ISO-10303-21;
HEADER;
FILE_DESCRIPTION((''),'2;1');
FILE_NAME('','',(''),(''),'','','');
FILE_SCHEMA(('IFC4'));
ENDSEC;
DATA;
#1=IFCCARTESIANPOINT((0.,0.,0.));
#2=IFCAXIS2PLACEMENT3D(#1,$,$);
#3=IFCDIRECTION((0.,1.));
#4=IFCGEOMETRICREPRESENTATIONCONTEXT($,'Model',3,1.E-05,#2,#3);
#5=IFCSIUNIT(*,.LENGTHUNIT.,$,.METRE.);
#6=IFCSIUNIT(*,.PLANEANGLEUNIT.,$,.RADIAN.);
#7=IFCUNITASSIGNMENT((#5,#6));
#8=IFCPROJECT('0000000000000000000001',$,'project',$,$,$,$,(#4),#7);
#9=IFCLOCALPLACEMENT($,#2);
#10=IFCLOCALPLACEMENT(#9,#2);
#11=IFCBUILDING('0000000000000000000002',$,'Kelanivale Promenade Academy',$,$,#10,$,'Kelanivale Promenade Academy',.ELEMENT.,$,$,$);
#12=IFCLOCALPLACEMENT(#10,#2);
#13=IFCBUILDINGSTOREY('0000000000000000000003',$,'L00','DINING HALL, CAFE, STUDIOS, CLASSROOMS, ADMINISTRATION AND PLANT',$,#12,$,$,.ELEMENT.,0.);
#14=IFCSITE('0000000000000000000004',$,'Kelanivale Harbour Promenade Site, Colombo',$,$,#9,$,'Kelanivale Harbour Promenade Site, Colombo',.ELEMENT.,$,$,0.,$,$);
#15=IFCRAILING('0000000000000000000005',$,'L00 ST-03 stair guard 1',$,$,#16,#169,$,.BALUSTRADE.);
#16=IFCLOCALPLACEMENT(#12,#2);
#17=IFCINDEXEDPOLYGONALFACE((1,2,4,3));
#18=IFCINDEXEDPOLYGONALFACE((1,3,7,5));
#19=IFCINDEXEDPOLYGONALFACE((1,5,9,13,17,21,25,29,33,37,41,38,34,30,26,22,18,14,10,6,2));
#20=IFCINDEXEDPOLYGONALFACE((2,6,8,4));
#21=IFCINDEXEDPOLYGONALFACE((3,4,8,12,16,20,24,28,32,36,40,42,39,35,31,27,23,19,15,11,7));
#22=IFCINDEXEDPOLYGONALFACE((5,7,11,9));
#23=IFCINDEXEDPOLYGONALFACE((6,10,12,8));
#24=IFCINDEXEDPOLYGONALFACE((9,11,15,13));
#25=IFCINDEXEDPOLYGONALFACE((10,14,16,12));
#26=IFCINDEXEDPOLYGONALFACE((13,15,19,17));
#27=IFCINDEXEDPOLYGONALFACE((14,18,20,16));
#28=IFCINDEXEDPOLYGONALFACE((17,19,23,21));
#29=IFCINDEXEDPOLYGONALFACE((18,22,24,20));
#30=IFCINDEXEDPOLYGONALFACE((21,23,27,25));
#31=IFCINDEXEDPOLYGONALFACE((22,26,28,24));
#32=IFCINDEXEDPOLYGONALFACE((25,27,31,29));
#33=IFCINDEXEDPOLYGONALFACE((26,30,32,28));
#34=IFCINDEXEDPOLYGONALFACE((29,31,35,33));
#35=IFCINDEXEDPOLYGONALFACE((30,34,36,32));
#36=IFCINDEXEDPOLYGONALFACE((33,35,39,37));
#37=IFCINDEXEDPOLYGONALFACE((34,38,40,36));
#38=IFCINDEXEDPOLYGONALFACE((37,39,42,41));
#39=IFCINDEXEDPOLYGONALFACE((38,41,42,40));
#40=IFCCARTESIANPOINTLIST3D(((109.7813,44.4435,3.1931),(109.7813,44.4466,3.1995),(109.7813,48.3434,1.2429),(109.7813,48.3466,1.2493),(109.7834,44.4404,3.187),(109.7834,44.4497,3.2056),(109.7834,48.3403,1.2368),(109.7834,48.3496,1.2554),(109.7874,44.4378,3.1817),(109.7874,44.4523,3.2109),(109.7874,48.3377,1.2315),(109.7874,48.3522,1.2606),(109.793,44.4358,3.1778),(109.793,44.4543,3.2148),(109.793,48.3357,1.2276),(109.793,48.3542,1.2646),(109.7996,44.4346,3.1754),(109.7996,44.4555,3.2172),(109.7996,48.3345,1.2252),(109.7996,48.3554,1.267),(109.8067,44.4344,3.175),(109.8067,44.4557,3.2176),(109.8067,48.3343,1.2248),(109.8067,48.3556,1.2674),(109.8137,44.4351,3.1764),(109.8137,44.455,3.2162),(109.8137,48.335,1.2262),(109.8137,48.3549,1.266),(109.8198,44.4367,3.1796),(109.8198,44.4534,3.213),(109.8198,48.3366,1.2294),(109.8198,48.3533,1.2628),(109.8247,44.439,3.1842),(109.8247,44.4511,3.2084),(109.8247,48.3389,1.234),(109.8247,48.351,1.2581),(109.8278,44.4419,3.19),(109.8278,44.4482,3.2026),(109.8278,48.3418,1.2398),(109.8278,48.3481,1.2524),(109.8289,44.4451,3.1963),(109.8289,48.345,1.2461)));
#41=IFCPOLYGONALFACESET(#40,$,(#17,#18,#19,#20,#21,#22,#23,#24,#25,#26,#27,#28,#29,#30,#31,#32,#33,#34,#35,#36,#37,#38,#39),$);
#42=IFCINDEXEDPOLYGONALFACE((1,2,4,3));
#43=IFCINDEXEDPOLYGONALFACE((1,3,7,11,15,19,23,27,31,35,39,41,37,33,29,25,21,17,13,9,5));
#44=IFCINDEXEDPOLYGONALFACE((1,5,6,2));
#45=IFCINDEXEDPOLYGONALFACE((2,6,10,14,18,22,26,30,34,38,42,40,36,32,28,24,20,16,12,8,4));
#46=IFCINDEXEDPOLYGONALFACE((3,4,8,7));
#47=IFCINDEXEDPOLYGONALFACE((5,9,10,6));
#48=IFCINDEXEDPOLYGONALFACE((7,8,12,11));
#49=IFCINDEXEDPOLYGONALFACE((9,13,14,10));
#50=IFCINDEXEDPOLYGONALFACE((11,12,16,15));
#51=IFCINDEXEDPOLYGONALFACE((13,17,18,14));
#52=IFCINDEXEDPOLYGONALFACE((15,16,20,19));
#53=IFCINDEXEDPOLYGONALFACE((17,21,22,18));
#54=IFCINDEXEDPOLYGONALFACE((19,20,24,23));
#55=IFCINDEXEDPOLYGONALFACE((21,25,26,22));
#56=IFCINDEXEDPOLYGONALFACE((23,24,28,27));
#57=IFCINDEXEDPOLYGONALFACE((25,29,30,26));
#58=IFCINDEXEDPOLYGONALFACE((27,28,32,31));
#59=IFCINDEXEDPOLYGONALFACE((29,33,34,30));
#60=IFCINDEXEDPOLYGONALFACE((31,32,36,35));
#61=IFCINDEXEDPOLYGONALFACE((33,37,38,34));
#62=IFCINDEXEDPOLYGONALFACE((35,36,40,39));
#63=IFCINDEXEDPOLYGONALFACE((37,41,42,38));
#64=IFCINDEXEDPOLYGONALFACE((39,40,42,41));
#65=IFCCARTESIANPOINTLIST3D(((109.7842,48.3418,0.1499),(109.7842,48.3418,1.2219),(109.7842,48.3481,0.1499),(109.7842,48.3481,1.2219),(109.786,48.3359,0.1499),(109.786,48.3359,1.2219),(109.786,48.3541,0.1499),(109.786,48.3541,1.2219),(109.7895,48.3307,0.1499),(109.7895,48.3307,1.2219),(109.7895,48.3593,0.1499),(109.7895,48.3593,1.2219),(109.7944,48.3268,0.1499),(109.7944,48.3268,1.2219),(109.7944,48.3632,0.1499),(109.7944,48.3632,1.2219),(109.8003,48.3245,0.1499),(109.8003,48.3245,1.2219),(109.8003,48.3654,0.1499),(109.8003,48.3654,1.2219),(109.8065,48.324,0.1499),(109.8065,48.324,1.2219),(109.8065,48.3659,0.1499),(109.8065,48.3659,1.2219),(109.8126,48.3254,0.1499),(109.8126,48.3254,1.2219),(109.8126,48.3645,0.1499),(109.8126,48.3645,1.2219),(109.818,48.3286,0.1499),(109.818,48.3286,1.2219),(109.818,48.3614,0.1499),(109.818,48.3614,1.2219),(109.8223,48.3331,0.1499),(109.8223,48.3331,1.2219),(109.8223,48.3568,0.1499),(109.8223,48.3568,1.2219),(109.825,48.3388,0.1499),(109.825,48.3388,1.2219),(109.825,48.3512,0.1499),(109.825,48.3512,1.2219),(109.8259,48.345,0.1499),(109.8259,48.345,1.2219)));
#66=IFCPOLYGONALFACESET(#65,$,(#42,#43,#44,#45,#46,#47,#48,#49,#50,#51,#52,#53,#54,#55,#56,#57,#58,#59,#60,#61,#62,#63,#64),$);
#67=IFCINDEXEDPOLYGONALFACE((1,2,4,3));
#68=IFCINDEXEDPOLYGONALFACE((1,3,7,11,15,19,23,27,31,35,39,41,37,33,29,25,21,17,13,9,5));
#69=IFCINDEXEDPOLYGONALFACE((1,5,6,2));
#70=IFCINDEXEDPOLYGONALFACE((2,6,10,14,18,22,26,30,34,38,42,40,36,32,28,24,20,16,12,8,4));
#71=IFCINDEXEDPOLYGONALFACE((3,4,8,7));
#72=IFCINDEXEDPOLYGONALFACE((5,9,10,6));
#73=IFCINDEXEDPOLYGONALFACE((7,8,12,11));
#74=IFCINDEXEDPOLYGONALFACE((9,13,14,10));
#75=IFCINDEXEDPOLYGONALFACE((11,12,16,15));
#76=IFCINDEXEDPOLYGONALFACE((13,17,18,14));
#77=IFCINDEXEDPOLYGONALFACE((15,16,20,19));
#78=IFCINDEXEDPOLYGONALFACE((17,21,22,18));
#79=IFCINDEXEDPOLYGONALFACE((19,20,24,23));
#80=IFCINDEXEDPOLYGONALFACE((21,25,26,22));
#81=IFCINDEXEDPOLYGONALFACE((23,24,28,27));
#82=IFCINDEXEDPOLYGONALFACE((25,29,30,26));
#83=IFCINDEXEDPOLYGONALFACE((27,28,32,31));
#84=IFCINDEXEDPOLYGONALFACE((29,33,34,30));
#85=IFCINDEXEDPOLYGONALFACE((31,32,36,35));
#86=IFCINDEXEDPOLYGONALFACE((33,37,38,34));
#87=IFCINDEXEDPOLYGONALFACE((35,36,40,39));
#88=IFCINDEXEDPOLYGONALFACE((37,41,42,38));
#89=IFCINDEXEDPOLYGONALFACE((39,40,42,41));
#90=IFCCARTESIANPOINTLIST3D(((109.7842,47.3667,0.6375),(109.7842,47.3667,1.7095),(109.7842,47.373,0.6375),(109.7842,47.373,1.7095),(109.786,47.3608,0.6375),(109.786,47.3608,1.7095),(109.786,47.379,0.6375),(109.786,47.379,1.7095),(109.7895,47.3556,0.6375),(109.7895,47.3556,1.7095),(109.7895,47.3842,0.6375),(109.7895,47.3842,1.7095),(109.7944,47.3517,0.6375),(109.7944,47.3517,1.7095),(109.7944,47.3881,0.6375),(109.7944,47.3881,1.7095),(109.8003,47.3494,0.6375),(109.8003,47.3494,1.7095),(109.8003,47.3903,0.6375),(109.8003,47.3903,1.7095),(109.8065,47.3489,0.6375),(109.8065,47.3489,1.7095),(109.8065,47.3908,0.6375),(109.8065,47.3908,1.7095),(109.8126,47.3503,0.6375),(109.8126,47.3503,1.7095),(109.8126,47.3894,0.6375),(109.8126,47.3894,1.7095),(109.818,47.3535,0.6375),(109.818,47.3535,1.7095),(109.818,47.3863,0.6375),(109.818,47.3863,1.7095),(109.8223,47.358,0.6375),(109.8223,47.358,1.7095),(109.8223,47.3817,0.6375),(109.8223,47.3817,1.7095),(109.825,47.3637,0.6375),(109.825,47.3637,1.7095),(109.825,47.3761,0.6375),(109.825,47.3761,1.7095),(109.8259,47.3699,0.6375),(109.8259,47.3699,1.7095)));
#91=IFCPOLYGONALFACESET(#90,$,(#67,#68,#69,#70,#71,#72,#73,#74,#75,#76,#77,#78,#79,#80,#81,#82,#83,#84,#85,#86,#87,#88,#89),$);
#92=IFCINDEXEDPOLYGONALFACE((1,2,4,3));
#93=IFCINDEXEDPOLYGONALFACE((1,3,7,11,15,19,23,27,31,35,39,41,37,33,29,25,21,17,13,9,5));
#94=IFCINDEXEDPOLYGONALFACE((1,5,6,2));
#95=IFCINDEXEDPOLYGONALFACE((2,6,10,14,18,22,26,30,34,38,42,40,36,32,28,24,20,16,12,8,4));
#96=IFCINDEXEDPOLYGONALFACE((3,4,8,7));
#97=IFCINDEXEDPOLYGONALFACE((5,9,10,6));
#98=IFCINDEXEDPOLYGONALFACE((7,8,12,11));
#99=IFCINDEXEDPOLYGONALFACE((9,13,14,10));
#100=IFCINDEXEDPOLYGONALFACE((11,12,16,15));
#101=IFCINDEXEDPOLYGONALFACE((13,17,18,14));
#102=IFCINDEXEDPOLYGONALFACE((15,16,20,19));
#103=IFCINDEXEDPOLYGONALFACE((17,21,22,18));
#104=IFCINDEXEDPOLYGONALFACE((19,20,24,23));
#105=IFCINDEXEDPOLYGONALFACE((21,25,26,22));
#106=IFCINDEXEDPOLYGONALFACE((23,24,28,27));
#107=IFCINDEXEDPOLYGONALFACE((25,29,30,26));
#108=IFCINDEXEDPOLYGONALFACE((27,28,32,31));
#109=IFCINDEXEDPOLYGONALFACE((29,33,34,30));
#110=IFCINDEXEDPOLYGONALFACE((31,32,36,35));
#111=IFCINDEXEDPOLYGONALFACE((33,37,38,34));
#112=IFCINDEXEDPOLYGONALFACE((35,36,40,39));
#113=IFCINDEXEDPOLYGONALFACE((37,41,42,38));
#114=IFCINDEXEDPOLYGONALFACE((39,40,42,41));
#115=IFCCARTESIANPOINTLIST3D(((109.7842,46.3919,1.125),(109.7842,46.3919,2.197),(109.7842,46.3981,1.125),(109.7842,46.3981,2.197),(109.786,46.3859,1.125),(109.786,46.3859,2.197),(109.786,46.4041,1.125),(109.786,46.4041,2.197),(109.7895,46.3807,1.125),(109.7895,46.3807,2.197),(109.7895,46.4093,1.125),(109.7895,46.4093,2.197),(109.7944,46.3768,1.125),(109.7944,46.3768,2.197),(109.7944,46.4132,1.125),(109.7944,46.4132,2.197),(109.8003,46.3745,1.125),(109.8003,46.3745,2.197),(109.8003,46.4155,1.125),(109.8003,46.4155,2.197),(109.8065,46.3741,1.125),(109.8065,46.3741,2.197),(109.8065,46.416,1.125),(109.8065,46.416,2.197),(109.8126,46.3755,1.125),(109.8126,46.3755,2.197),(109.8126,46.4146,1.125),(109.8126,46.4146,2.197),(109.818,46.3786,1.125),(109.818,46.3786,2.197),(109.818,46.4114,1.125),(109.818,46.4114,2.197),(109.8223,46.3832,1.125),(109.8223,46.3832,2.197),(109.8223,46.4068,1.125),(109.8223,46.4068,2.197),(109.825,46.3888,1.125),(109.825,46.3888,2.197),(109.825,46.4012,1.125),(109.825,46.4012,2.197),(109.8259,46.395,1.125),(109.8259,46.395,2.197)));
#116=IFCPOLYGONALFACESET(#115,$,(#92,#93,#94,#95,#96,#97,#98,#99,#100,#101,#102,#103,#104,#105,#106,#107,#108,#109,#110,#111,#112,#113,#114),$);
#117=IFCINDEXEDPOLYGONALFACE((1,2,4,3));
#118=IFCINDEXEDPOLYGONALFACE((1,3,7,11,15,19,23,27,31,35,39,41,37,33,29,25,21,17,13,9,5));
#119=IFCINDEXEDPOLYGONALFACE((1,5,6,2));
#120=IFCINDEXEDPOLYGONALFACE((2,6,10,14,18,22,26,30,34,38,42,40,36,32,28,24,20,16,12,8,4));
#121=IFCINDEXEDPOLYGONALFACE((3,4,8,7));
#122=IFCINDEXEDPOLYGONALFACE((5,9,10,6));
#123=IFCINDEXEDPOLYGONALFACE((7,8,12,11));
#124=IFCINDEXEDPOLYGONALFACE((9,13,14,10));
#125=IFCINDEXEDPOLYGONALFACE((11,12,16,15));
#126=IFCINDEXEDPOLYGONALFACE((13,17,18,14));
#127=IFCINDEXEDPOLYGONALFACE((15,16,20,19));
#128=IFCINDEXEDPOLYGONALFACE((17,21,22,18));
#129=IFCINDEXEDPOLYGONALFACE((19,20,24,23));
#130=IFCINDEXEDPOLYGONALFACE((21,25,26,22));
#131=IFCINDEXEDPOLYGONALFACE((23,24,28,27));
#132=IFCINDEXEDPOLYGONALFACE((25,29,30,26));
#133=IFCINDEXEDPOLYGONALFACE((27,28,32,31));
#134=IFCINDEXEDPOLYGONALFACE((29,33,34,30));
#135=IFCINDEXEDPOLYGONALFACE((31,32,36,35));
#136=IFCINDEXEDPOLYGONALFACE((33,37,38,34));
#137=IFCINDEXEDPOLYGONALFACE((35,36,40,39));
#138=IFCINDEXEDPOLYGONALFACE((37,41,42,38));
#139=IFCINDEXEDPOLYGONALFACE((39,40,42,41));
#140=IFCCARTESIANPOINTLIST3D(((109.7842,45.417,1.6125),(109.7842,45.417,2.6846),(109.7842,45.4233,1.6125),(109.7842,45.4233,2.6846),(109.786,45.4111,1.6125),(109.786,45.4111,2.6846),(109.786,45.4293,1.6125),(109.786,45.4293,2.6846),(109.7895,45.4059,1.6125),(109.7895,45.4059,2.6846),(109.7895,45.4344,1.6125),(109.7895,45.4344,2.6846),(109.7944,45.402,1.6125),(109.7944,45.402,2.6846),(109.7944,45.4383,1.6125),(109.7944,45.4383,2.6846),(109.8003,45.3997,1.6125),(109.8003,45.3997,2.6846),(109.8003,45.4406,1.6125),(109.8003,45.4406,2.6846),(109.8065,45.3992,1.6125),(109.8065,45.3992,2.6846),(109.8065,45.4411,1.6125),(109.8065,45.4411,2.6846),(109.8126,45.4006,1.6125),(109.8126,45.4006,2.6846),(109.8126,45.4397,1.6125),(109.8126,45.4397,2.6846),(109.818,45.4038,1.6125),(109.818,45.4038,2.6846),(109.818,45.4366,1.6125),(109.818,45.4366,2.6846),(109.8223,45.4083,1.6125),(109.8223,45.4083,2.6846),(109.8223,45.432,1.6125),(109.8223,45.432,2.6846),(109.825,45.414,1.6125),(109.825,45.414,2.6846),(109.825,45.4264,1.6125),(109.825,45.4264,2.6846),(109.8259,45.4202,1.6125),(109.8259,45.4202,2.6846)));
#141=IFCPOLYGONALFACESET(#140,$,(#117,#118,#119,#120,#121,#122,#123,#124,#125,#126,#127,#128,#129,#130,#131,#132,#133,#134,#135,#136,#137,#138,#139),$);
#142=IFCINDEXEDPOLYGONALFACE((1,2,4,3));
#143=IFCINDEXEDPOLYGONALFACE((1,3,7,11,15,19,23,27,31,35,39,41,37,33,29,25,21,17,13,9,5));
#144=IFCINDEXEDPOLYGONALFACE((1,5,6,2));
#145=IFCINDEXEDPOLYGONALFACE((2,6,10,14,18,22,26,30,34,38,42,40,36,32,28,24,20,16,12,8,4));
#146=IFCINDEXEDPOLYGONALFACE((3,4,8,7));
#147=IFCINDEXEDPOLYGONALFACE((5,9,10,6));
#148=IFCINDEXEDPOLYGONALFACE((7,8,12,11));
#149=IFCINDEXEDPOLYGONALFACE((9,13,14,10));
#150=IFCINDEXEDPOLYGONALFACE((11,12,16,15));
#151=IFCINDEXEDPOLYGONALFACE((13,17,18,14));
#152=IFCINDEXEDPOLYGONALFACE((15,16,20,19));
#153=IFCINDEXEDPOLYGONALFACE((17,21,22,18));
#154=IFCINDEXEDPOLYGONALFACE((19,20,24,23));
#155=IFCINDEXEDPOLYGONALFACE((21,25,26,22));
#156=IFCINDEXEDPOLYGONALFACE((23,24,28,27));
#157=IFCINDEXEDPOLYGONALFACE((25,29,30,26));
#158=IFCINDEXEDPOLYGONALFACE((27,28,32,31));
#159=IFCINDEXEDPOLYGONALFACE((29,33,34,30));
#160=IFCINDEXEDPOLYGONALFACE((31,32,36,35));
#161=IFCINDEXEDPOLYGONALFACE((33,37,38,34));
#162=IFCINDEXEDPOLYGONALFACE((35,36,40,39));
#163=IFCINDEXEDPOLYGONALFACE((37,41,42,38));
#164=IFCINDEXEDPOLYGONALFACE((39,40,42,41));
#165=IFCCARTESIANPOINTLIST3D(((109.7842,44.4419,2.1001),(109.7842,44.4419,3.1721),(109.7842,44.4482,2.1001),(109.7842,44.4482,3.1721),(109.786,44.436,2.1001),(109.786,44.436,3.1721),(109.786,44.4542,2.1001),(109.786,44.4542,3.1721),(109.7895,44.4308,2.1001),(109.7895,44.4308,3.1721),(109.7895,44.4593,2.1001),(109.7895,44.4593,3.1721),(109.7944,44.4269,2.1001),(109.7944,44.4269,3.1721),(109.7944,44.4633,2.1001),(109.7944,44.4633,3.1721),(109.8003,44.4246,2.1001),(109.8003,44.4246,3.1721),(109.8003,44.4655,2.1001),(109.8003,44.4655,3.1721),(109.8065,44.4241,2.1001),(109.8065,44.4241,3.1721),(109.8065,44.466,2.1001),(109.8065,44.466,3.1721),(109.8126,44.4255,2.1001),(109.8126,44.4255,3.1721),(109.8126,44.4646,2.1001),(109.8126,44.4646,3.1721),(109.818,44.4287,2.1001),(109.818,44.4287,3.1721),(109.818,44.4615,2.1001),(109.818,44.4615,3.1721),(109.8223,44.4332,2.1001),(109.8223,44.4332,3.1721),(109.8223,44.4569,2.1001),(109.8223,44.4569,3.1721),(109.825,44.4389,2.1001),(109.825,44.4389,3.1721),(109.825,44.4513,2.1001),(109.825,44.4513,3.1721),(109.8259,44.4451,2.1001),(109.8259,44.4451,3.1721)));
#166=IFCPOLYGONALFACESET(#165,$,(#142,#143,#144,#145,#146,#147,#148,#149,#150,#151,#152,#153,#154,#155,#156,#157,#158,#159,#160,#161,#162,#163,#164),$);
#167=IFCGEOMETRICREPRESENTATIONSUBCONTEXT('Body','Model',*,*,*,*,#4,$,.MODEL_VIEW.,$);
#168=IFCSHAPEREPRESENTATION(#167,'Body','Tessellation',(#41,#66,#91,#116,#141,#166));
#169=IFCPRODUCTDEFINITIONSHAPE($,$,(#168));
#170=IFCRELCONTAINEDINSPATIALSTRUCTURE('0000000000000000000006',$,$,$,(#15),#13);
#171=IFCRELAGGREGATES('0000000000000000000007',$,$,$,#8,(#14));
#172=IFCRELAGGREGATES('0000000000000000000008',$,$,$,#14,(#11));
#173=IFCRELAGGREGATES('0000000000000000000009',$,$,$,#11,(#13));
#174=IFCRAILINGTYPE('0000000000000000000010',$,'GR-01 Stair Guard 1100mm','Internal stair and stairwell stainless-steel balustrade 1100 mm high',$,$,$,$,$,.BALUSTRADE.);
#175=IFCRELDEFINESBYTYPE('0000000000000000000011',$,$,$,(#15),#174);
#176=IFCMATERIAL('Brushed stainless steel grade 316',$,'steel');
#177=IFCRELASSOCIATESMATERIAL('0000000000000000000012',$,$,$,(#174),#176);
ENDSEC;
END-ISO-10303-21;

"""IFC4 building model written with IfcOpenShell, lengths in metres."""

from ifc_helpers import new_model, si_unit, direction, frame, origin, origin_2d, place, context, subcontext, project, spatial, circle, extrude, material, type_object, element, save


model = new_model("IFC4")

# Units and contexts
model_context = context("Model", 3, precision=1e-05, world=origin(), true_north=direction((0.0, 1.0)))
body_context = subcontext(model_context, "Body", "Model", "MODEL_VIEW")
ifc_project = project(units=[si_unit("LENGTHUNIT", "METRE"), si_unit("PLANEANGLEUNIT", "RADIAN")], contexts=[model_context])

# Site, building, storey
site_placement = place(None, origin())
site = spatial("IfcSite", under=ifc_project, at=site_placement, Name="Kelanivale Harbour Promenade Site, Colombo", LongName="Kelanivale Harbour Promenade Site, Colombo", CompositionType="ELEMENT", RefElevation=0.0)
building_placement = place(site_placement, origin())
building = spatial("IfcBuilding", under=site, at=building_placement, Name="Kelanivale Promenade Academy", LongName="Kelanivale Promenade Academy", CompositionType="ELEMENT")
storey_placement = place(building_placement, origin())
storey = spatial("IfcBuildingStorey", under=building, at=storey_placement, Name="L00", Description="DINING HALL, CAFE, STUDIOS, CLASSROOMS, ADMINISTRATION AND PLANT", CompositionType="ELEMENT", Elevation=0.0)

# Railing
ifc_material_1 = material(Name="Brushed stainless steel grade 316", Category="steel")
railing_type = type_object("IfcRailingType", Name="GR-01 Stair Guard 1100mm", Description="Internal stair and stairwell stainless-steel balustrade 1100 mm high", PredefinedType="BALUSTRADE", material=ifc_material_1)
railing_1_placement = place(storey_placement, frame((109.8049, 48.345, 0.1499)))
element("IfcRailing", 1, at=railing_1_placement, inside=storey, type_object=railing_type, Name="L00 ST-03 stair guard 1", PredefinedType="BALUSTRADE", context=body_context, shape_type="SweptSolid", body=[
    extrude(circle(Radius=0.0239, at=origin_2d()), frame((0.0, 0.0, 1.0962), z_axis=(0.0, -0.894405, 0.447258), x_axis=(1.0, 0.0, 0.0)), (0.0, 0.0, 1.0), 4.3604),
    extrude(circle(Radius=0.021, at=origin_2d()), origin(), (0.0, 0.0, 1.0), 1.072),
    extrude(circle(Radius=0.021, at=origin_2d()), frame((0.0, -0.9751, 0.4875)), (0.0, 0.0, 1.0), 1.072),
    extrude(circle(Radius=0.021, at=origin_2d()), frame((0.0, -1.95, 0.9751)), (0.0, 0.0, 1.0), 1.072),
    extrude(circle(Radius=0.021, at=origin_2d()), frame((0.0, -2.9248, 1.4626)), (0.0, 0.0, 1.0), 1.072),
    extrude(circle(Radius=0.021, at=origin_2d()), frame((0.0, -3.8999, 1.9502)), (0.0, 0.0, 1.0), 1.072),
])

save(model, "model.ifc")
